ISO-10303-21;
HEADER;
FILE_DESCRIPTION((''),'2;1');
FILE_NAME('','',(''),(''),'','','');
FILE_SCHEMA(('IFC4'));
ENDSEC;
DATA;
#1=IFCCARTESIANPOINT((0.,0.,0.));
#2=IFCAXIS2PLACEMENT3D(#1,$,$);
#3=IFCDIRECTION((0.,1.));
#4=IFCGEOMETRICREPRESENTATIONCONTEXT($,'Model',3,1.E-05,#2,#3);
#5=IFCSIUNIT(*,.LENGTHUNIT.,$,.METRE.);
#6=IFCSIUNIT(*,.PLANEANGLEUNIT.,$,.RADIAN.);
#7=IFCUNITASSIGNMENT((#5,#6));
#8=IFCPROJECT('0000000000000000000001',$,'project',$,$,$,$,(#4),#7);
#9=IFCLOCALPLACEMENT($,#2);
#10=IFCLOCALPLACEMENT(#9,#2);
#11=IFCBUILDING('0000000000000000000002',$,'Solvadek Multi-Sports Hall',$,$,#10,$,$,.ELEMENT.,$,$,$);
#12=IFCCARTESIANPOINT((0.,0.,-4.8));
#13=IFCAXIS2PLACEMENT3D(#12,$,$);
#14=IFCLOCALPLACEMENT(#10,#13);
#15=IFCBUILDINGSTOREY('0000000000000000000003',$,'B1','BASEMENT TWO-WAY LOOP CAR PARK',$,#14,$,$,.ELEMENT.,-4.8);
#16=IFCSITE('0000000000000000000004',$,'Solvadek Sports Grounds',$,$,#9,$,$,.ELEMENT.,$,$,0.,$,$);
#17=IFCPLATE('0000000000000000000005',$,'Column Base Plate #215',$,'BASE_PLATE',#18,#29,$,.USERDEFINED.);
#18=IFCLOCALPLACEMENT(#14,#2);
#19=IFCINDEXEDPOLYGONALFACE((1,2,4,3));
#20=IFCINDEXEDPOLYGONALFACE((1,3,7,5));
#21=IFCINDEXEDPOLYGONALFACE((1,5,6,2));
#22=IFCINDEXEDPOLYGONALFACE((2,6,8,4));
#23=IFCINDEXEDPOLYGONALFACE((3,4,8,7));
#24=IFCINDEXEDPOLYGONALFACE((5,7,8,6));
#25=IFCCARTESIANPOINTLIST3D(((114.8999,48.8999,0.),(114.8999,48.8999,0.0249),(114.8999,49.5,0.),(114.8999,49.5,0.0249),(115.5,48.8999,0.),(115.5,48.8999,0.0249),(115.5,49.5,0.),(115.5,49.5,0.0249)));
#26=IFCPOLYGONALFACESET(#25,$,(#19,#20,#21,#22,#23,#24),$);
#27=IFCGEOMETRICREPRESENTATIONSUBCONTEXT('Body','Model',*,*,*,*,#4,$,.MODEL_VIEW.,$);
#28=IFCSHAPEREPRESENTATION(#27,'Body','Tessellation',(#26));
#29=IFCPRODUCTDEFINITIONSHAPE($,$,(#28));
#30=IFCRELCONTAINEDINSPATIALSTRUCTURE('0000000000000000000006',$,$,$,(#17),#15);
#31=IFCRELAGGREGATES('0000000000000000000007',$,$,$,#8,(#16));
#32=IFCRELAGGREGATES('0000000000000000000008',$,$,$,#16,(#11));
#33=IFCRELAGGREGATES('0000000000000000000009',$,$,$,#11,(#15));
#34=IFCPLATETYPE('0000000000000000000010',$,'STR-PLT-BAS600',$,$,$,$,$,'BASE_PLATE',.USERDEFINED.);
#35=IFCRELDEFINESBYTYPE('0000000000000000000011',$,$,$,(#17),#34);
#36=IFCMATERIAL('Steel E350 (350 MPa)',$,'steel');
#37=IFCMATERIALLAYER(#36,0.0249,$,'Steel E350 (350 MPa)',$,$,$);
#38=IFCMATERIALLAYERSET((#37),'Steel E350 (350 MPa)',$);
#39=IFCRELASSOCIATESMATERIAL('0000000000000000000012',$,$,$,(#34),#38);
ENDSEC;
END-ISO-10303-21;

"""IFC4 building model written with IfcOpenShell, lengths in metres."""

from ifc_helpers import new_model, si_unit, direction, frame, origin, origin_2d, place, context, subcontext, project, spatial, rectangle, extrude, material, layer, layer_set, type_object, element, save


model = new_model("IFC4")

# Units and contexts
model_context = context("Model", 3, precision=1e-05, world=origin(), true_north=direction((0.0, 1.0)))
body_context = subcontext(model_context, "Body", "Model", "MODEL_VIEW")
ifc_project = project(units=[si_unit("LENGTHUNIT", "METRE"), si_unit("PLANEANGLEUNIT", "RADIAN")], contexts=[model_context])

# Site, building, storey
site_placement = place(None, origin())
site = spatial("IfcSite", under=ifc_project, at=site_placement, Name="Solvadek Sports Grounds", CompositionType="ELEMENT", RefElevation=0.0)
building_placement = place(site_placement, origin())
building = spatial("IfcBuilding", under=site, at=building_placement, Name="Solvadek Multi-Sports Hall", CompositionType="ELEMENT")
storey_placement = place(building_placement, frame((0.0, 0.0, -4.8)))
storey = spatial("IfcBuildingStorey", under=building, at=storey_placement, Name="B1", Description="BASEMENT TWO-WAY LOOP CAR PARK", CompositionType="ELEMENT", Elevation=-4.8)

# Shared definitions
ifc_material_1 = material(Name="Steel E350 (350 MPa)", Category="steel")

# Plate
ifc_layer_1 = layer(ifc_material_1, 0.0249, Name="Steel E350 (350 MPa)")
ifc_layer_set_1 = layer_set([ifc_layer_1], Name="Steel E350 (350 MPa)")
plate_type_1 = type_object("IfcPlateType", Name="STR-PLT-BAS600", ElementType="BASE_PLATE", PredefinedType="USERDEFINED", material=ifc_layer_set_1)
for number, where, z_axis, x_axis, name in (
    (1, (115.2, 49.2, 0.0), (0.0, 0.0, 1.0), (1.0, 0.0, 0.0), "Column Base Plate #215"),
):
    element("IfcPlate", number, at=place(storey_placement, frame(where, z_axis=z_axis, x_axis=x_axis)), inside=storey, type_object=plate_type_1, Name=name, ObjectType="BASE_PLATE", PredefinedType="USERDEFINED", context=body_context, shape_type="SweptSolid", body=[
        extrude(rectangle(XDim=0.6001, YDim=0.6001, at=origin_2d()), origin(), (0.0, 0.0, 1.0), 0.0249),
    ])

save(model, "model.ifc")
